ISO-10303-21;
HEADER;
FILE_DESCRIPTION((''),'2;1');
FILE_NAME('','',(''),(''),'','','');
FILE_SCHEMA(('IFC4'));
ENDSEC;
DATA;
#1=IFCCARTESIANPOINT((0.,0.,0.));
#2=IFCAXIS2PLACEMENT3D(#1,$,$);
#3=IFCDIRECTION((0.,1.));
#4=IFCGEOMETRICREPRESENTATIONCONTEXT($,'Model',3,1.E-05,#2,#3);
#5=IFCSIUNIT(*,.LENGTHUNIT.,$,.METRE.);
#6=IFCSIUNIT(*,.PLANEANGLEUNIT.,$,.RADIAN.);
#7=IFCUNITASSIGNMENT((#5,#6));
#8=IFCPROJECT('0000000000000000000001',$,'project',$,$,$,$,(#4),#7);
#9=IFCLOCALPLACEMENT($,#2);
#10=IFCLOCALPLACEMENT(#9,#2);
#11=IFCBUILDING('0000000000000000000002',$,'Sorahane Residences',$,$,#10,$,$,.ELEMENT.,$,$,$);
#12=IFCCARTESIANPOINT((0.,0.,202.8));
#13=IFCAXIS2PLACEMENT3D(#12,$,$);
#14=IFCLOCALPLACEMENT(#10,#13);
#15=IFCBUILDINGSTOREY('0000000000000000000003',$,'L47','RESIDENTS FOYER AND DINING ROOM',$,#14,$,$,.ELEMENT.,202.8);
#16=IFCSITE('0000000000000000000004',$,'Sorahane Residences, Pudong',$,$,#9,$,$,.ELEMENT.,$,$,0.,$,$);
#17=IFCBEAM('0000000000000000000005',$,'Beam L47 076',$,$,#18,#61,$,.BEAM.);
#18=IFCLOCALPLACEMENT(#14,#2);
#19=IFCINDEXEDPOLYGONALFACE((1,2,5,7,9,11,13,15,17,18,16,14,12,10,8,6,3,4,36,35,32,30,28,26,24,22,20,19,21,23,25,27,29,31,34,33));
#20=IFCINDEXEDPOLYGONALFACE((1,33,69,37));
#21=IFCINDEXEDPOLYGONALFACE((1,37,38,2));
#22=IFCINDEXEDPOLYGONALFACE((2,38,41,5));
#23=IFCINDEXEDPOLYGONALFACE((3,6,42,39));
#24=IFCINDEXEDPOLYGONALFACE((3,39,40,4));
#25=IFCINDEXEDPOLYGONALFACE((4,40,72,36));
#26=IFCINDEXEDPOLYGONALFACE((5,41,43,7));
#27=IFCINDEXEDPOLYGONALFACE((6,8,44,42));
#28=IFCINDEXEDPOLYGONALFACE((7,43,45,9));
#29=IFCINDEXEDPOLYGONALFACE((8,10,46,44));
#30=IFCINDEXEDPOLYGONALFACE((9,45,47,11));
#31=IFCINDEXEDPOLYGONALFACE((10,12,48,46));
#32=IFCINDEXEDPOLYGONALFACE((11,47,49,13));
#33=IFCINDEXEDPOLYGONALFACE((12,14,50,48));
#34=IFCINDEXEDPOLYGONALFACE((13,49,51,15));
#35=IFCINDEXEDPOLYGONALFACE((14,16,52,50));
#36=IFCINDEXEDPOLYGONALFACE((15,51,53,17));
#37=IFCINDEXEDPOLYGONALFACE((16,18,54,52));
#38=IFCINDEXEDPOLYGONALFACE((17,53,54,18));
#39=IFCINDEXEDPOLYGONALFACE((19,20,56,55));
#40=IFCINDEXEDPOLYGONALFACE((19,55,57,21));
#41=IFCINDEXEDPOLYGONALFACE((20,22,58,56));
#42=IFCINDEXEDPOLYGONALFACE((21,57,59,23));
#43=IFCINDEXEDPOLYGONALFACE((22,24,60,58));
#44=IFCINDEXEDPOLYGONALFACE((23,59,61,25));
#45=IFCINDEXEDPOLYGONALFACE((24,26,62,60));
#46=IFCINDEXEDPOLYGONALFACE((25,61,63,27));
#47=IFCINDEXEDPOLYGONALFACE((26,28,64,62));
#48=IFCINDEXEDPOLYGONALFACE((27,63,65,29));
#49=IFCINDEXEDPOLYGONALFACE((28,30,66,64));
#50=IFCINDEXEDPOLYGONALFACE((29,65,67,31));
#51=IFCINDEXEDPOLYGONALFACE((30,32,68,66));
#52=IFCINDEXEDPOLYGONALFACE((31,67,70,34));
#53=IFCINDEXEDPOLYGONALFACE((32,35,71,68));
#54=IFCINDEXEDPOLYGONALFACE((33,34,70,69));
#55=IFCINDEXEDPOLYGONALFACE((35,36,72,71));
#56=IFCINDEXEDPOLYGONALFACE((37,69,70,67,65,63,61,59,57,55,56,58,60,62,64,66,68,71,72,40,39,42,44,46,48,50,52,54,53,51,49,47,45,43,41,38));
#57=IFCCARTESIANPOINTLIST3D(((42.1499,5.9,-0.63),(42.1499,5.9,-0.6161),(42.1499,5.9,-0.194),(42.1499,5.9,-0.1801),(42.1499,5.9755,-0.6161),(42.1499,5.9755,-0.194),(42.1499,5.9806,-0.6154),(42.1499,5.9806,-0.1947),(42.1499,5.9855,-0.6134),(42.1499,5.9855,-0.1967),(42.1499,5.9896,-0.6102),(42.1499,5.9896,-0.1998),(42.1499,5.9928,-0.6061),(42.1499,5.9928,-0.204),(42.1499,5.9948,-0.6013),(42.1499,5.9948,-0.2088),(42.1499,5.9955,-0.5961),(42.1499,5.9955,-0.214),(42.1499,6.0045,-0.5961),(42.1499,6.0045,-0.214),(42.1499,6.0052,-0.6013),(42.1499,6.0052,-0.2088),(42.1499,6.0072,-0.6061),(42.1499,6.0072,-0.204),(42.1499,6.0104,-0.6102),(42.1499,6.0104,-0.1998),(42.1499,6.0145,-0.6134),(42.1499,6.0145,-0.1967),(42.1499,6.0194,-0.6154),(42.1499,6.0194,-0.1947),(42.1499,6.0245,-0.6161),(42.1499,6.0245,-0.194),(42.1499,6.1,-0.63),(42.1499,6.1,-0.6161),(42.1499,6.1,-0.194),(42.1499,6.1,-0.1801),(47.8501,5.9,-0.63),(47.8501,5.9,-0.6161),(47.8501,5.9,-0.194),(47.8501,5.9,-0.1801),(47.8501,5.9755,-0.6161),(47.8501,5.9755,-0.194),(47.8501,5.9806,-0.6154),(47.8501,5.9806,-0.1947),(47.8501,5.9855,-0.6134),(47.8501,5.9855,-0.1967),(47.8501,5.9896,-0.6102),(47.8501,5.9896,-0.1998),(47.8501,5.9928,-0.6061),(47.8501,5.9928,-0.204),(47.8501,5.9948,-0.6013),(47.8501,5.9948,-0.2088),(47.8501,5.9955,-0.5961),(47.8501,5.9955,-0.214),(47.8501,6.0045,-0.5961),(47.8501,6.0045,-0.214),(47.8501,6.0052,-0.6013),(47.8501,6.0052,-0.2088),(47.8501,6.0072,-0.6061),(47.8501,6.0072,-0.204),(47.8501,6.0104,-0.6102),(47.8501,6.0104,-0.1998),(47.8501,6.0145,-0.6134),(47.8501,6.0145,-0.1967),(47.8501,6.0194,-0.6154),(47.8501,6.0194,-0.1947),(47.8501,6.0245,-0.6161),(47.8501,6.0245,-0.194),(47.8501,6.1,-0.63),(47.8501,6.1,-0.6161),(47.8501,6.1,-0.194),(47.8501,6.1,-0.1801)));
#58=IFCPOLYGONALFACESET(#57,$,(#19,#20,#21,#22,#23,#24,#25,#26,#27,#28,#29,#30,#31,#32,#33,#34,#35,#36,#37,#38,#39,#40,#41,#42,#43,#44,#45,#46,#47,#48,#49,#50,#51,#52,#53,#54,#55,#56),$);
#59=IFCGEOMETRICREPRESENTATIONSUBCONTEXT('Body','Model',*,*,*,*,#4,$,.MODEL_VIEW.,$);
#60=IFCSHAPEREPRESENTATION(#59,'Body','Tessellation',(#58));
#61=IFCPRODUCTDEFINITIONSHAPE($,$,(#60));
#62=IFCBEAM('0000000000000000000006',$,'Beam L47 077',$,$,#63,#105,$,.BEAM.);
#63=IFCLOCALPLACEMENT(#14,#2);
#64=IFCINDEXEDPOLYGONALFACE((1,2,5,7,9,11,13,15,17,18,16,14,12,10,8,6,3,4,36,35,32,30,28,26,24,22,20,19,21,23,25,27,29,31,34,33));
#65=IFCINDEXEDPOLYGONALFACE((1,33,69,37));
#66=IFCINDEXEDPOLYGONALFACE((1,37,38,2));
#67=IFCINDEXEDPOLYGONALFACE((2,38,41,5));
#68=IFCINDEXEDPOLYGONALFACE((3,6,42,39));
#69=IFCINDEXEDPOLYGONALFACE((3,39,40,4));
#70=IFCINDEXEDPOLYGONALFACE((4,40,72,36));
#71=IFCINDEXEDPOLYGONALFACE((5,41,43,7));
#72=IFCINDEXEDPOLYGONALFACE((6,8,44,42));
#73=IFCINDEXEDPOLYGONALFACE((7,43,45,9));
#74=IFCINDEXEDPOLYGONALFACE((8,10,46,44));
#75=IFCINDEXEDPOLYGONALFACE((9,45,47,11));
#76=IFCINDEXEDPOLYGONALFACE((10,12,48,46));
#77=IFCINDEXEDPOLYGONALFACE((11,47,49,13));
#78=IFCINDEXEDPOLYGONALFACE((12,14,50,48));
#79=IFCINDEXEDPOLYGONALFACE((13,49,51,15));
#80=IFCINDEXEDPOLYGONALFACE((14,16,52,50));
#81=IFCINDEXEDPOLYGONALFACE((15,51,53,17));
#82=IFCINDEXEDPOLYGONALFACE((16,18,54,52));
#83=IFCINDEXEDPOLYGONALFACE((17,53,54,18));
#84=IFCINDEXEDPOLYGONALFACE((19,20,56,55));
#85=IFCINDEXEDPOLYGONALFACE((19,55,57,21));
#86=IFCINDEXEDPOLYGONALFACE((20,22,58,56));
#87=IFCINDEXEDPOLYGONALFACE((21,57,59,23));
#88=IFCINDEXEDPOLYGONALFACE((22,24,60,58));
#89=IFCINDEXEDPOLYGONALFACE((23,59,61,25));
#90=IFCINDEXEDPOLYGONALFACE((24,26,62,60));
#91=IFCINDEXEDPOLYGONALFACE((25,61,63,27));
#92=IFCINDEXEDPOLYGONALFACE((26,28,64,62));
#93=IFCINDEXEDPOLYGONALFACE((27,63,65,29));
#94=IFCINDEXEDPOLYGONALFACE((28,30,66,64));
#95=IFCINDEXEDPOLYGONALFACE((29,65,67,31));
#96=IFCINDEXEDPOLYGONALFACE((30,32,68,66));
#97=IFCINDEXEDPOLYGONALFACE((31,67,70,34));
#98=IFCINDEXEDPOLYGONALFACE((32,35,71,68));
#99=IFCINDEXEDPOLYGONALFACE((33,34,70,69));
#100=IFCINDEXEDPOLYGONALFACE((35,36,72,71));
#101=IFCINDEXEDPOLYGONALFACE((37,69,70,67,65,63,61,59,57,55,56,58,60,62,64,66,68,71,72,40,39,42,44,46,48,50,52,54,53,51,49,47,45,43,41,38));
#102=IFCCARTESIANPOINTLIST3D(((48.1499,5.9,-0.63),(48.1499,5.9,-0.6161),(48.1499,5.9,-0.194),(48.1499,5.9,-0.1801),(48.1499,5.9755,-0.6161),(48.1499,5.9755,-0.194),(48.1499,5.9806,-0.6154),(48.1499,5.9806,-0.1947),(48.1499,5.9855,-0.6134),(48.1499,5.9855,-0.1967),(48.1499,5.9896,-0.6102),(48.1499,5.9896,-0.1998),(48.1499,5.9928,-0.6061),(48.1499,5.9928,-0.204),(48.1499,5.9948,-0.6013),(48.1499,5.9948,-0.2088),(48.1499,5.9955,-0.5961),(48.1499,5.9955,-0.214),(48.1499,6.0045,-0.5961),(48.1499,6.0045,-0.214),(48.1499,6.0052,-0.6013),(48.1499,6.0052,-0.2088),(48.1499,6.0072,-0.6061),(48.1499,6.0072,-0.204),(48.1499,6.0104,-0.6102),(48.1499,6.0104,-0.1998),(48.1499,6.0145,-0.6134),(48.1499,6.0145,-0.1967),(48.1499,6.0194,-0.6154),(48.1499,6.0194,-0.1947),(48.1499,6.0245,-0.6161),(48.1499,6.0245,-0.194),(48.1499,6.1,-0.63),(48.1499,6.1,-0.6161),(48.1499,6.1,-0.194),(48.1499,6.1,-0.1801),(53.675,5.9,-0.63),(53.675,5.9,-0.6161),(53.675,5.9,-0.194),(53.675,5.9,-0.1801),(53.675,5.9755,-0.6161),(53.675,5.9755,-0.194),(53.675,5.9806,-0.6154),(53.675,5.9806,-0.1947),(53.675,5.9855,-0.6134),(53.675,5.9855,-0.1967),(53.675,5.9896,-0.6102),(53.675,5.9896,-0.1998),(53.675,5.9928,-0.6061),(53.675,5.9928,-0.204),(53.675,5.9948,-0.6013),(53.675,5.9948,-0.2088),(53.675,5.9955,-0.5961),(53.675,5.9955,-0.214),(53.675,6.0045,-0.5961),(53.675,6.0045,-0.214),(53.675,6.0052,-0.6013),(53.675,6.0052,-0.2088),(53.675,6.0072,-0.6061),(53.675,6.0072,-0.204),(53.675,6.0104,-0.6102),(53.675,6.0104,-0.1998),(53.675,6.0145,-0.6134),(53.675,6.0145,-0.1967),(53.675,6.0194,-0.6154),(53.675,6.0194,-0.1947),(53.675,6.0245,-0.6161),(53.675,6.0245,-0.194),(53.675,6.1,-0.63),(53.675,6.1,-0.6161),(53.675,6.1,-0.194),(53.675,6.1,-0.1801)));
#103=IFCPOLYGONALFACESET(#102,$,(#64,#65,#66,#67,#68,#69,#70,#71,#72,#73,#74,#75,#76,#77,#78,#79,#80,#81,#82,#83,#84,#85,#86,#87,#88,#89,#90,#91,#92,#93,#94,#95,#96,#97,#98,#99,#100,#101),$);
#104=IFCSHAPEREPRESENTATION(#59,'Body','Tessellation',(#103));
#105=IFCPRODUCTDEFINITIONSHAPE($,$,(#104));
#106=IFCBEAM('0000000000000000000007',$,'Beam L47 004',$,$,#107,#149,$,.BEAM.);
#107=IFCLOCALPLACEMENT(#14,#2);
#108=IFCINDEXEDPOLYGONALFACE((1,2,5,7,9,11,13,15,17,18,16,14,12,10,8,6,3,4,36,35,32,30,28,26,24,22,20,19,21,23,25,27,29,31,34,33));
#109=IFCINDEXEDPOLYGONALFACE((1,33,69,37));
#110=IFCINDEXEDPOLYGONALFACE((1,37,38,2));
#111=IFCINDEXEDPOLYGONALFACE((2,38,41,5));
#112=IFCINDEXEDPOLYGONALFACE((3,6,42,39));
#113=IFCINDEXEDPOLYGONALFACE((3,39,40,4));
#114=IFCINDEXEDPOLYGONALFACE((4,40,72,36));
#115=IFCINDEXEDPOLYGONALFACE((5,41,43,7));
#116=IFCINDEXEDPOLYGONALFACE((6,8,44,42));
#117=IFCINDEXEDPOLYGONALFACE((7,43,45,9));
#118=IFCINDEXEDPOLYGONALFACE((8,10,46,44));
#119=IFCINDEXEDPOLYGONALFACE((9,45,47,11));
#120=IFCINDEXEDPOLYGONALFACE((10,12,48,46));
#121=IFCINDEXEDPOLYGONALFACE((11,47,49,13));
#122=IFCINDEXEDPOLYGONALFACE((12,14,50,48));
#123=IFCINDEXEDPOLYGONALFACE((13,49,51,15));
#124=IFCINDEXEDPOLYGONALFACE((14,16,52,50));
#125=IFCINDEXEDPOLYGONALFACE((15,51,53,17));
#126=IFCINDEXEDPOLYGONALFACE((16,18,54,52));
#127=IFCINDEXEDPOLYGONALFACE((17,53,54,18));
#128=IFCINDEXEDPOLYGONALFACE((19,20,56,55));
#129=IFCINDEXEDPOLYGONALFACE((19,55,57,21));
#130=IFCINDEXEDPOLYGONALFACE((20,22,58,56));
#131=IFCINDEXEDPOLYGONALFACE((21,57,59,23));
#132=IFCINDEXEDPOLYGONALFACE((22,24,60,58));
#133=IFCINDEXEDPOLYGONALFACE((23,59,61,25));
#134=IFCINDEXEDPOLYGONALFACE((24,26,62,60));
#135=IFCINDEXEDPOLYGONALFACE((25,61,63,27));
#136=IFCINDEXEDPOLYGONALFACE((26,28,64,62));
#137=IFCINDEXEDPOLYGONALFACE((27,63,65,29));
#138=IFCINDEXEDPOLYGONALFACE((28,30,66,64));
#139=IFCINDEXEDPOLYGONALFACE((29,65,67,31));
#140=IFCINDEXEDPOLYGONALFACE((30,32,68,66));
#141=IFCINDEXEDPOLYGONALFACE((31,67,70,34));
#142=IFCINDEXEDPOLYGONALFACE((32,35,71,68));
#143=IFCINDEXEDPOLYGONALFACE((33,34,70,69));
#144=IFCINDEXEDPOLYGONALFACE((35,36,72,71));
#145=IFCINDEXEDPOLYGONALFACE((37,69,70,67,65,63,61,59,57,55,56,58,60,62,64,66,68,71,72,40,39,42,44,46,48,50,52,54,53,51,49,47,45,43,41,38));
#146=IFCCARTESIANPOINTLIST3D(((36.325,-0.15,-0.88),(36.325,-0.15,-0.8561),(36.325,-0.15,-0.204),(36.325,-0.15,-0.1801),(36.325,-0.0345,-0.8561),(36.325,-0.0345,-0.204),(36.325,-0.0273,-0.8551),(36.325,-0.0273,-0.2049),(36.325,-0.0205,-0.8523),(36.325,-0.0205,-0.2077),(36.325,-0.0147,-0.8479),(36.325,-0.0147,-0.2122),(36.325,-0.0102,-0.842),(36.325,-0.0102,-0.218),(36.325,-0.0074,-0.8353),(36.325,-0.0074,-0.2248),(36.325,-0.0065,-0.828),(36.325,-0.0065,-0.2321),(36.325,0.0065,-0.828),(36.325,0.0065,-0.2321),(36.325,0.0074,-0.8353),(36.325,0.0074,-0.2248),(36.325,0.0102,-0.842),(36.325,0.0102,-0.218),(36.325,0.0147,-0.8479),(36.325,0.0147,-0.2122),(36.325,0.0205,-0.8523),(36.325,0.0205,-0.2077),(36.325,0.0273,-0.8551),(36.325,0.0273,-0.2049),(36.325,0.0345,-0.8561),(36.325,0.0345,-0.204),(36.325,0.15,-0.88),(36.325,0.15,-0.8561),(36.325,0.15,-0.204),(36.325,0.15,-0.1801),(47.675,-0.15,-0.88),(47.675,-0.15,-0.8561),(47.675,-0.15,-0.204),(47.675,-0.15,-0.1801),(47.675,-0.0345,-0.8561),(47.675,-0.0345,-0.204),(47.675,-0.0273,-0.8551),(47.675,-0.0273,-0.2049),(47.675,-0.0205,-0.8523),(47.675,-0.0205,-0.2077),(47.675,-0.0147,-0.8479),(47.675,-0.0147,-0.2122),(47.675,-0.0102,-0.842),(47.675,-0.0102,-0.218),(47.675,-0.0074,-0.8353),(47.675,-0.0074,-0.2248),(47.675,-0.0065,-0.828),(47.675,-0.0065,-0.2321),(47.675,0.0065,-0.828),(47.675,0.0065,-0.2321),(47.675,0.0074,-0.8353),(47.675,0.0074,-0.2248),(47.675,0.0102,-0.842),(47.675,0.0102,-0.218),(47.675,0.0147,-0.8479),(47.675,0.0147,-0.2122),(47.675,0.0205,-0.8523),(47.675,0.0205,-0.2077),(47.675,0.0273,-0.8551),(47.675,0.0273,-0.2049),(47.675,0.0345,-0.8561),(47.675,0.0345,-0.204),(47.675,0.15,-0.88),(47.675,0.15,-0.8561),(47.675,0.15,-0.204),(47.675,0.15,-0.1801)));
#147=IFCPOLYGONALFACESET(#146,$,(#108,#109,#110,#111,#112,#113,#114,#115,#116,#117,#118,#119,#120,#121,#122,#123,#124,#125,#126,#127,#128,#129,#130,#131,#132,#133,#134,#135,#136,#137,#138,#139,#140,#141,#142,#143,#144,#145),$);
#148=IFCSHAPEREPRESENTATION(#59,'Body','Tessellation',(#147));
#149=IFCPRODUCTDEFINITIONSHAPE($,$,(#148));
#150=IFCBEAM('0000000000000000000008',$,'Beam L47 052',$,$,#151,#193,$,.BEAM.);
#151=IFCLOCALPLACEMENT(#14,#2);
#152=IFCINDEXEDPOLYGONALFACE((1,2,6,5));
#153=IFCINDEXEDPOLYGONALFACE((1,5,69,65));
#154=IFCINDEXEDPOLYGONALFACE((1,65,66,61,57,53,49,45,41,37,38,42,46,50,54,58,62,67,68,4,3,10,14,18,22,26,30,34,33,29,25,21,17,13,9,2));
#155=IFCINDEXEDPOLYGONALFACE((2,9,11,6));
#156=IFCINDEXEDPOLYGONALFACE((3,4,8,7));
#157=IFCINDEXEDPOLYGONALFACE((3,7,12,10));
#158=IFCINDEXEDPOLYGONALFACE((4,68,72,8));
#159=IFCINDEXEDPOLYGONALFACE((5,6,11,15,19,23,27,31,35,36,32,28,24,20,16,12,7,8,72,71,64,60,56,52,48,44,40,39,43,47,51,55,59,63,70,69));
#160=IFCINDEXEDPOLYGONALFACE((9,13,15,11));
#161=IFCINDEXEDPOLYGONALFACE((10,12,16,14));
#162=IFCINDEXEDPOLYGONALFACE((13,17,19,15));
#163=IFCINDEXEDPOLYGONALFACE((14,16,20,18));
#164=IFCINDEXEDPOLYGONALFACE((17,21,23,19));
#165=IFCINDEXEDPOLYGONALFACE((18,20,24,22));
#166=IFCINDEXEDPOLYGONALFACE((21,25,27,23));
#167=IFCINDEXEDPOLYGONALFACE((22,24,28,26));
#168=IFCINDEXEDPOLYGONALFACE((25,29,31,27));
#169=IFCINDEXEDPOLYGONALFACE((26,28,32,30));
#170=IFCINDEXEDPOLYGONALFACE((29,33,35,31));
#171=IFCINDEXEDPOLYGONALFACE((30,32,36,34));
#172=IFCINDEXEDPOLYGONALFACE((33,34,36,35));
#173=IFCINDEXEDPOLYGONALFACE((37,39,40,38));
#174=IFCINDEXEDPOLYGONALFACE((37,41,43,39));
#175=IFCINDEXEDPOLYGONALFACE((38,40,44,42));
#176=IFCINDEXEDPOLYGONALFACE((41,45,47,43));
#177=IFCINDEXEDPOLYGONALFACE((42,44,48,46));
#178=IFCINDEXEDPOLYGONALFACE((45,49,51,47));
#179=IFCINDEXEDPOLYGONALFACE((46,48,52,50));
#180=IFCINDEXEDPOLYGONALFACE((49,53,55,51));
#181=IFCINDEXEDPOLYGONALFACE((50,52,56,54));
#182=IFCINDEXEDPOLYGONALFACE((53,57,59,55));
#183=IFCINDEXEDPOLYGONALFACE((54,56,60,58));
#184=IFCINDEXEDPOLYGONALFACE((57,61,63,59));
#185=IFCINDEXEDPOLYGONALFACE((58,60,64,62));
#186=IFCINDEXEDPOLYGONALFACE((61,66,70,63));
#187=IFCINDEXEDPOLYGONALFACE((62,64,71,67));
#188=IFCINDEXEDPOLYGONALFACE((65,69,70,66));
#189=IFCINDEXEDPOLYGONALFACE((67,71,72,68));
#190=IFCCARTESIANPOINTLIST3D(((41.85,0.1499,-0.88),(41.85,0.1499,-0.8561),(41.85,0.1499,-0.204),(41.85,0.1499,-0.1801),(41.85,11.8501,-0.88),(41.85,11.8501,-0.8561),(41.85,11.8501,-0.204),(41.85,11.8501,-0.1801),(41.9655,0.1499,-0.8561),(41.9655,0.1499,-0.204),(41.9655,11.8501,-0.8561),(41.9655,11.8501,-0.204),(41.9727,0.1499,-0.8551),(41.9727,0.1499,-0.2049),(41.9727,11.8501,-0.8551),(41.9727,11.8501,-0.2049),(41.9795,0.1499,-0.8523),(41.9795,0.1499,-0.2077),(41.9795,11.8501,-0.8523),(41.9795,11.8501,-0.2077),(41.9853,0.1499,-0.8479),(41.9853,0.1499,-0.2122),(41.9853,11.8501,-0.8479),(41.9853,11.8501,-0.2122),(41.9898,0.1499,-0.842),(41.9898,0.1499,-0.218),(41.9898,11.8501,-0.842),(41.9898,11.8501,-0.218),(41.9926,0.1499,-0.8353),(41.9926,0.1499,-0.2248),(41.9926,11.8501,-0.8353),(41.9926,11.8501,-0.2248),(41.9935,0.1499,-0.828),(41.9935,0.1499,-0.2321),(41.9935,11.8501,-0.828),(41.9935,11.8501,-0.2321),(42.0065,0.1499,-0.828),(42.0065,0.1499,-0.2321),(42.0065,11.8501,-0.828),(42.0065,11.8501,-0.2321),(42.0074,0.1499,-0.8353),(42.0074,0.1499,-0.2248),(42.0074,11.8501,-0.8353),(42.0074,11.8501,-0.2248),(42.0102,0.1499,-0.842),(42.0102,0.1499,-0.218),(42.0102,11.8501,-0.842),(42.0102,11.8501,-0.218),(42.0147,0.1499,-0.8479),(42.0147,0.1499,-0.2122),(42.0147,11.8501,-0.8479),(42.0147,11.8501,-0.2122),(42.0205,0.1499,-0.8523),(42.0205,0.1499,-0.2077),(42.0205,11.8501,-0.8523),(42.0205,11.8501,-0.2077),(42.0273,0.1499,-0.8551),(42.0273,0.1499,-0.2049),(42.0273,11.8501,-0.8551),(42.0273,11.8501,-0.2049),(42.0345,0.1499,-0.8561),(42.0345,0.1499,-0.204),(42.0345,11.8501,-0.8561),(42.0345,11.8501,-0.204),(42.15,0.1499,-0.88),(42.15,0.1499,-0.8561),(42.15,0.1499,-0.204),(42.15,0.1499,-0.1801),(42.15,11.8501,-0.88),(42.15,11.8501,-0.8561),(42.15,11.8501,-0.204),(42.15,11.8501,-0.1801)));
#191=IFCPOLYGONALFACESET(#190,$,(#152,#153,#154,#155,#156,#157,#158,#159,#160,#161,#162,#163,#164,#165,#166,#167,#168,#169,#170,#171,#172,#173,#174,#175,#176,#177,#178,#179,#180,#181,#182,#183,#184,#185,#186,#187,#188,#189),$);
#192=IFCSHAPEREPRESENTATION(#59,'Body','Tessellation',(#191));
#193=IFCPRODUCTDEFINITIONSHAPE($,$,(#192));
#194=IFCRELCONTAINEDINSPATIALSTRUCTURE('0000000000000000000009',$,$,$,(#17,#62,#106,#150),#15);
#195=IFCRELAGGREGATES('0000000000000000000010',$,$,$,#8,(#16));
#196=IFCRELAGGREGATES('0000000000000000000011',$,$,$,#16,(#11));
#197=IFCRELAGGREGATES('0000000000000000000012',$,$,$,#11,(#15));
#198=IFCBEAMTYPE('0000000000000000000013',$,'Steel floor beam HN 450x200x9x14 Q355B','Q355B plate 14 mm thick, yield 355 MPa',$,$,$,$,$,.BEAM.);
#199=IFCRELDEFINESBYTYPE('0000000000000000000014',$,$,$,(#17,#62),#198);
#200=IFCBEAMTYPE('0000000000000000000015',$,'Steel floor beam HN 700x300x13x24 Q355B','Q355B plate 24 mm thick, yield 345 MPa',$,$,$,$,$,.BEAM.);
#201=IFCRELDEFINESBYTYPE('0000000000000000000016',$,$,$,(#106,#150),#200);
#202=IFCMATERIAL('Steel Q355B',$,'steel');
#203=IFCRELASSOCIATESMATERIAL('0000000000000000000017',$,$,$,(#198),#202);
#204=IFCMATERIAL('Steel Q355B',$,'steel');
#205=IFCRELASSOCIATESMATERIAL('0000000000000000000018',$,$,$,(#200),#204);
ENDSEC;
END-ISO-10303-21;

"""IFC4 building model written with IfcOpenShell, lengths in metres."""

from ifc_helpers import new_model, si_unit, direction, frame, origin, origin_2d, place, context, subcontext, project, spatial, i_section, extrude, material, material_profile, profile_set, type_object, element, save


model = new_model("IFC4")

# Units and contexts
model_context = context("Model", 3, precision=1e-05, world=origin(), true_north=direction((0.0, 1.0)))
body_context = subcontext(model_context, "Body", "Model", "MODEL_VIEW")
ifc_project = project(units=[si_unit("LENGTHUNIT", "METRE"), si_unit("PLANEANGLEUNIT", "RADIAN")], contexts=[model_context])

# Site, building, storey
site_placement = place(None, origin())
site = spatial("IfcSite", under=ifc_project, at=site_placement, Name="Sorahane Residences, Pudong", CompositionType="ELEMENT", RefElevation=0.0)
building_placement = place(site_placement, origin())
building = spatial("IfcBuilding", under=site, at=building_placement, Name="Sorahane Residences", CompositionType="ELEMENT")
storey_placement = place(building_placement, frame((0.0, 0.0, 202.8)))
storey = spatial("IfcBuildingStorey", under=building, at=storey_placement, Name="L47", Description="RESIDENTS FOYER AND DINING ROOM", CompositionType="ELEMENT", Elevation=202.8)

# Beams
ifc_material_1 = material(Name="Steel Q355B", Category="steel")
ifc_material_profile_1 = material_profile(ifc_material_1, i_section(OverallWidth=0.2, OverallDepth=0.45, WebThickness=0.009, FlangeThickness=0.0139, FilletRadius=0.02, at=origin_2d()), Name="HN 450x200x9x14")
ifc_profile_set_1 = profile_set([ifc_material_profile_1], Name="Steel Q355B")
beam_type_1 = type_object("IfcBeamType", Name="Steel floor beam HN 450x200x9x14 Q355B", Description="Q355B plate 14 mm thick, yield 355 MPa", PredefinedType="BEAM", material=ifc_profile_set_1)
beam_1_placement = place(storey_placement, frame((42.1499, 6.0, -0.405), z_axis=(1.0, 0.0, 0.0), x_axis=(0.0, 1.0, 0.0)))
element("IfcBeam", 1, at=beam_1_placement, inside=storey, type_object=beam_type_1, Name="Beam L47 076", PredefinedType="BEAM", context=body_context, shape_type="SweptSolid", body=[
    extrude(i_section(OverallWidth=0.2, OverallDepth=0.45, WebThickness=0.009, FlangeThickness=0.0139, FilletRadius=0.02, at=origin_2d()), origin(), (0.0, 0.0, 1.0), 5.7002),
])
beam_2_placement = place(storey_placement, frame((48.1499, 6.0, -0.405), z_axis=(1.0, 0.0, 0.0), x_axis=(0.0, 1.0, 0.0)))
element("IfcBeam", 2, at=beam_2_placement, inside=storey, type_object=beam_type_1, Name="Beam L47 077", PredefinedType="BEAM", context=body_context, shape_type="SweptSolid", body=[
    extrude(i_section(OverallWidth=0.2, OverallDepth=0.45, WebThickness=0.009, FlangeThickness=0.0139, FilletRadius=0.02, at=origin_2d()), origin(), (0.0, 0.0, 1.0), 5.5251),
])
ifc_material_2 = material(Name="Steel Q355B", Category="steel")
ifc_material_profile_2 = material_profile(ifc_material_2, i_section(OverallWidth=0.3, OverallDepth=0.7, WebThickness=0.0129, FlangeThickness=0.0239, FilletRadius=0.0281, at=origin_2d()), Name="HN 700x300x13x24")
ifc_profile_set_2 = profile_set([ifc_material_profile_2], Name="Steel Q355B")
beam_type_2 = type_object("IfcBeamType", Name="Steel floor beam HN 700x300x13x24 Q355B", Description="Q355B plate 24 mm thick, yield 345 MPa", PredefinedType="BEAM", material=ifc_profile_set_2)
beam_3_placement = place(storey_placement, frame((36.325, 0.0, -0.53), z_axis=(1.0, 0.0, 0.0), x_axis=(0.0, 1.0, 0.0)))
element("IfcBeam", 3, at=beam_3_placement, inside=storey, type_object=beam_type_2, Name="Beam L47 004", PredefinedType="BEAM", context=body_context, shape_type="SweptSolid", body=[
    extrude(i_section(OverallWidth=0.3, OverallDepth=0.7, WebThickness=0.0129, FlangeThickness=0.0239, FilletRadius=0.0281, at=origin_2d()), origin(), (0.0, 0.0, 1.0), 11.3501),
])
beam_4_placement = place(storey_placement, frame((42.0, 0.1499, -0.53), z_axis=(0.0, 1.0, 0.0), x_axis=(-1.0, 0.0, 0.0)))
element("IfcBeam", 4, at=beam_4_placement, inside=storey, type_object=beam_type_2, Name="Beam L47 052", PredefinedType="BEAM", context=body_context, shape_type="SweptSolid", body=[
    extrude(i_section(OverallWidth=0.3, OverallDepth=0.7, WebThickness=0.0129, FlangeThickness=0.0239, FilletRadius=0.0281, at=origin_2d()), origin(), (0.0, 0.0, 1.0), 11.7002),
])

save(model, "model.ifc")
